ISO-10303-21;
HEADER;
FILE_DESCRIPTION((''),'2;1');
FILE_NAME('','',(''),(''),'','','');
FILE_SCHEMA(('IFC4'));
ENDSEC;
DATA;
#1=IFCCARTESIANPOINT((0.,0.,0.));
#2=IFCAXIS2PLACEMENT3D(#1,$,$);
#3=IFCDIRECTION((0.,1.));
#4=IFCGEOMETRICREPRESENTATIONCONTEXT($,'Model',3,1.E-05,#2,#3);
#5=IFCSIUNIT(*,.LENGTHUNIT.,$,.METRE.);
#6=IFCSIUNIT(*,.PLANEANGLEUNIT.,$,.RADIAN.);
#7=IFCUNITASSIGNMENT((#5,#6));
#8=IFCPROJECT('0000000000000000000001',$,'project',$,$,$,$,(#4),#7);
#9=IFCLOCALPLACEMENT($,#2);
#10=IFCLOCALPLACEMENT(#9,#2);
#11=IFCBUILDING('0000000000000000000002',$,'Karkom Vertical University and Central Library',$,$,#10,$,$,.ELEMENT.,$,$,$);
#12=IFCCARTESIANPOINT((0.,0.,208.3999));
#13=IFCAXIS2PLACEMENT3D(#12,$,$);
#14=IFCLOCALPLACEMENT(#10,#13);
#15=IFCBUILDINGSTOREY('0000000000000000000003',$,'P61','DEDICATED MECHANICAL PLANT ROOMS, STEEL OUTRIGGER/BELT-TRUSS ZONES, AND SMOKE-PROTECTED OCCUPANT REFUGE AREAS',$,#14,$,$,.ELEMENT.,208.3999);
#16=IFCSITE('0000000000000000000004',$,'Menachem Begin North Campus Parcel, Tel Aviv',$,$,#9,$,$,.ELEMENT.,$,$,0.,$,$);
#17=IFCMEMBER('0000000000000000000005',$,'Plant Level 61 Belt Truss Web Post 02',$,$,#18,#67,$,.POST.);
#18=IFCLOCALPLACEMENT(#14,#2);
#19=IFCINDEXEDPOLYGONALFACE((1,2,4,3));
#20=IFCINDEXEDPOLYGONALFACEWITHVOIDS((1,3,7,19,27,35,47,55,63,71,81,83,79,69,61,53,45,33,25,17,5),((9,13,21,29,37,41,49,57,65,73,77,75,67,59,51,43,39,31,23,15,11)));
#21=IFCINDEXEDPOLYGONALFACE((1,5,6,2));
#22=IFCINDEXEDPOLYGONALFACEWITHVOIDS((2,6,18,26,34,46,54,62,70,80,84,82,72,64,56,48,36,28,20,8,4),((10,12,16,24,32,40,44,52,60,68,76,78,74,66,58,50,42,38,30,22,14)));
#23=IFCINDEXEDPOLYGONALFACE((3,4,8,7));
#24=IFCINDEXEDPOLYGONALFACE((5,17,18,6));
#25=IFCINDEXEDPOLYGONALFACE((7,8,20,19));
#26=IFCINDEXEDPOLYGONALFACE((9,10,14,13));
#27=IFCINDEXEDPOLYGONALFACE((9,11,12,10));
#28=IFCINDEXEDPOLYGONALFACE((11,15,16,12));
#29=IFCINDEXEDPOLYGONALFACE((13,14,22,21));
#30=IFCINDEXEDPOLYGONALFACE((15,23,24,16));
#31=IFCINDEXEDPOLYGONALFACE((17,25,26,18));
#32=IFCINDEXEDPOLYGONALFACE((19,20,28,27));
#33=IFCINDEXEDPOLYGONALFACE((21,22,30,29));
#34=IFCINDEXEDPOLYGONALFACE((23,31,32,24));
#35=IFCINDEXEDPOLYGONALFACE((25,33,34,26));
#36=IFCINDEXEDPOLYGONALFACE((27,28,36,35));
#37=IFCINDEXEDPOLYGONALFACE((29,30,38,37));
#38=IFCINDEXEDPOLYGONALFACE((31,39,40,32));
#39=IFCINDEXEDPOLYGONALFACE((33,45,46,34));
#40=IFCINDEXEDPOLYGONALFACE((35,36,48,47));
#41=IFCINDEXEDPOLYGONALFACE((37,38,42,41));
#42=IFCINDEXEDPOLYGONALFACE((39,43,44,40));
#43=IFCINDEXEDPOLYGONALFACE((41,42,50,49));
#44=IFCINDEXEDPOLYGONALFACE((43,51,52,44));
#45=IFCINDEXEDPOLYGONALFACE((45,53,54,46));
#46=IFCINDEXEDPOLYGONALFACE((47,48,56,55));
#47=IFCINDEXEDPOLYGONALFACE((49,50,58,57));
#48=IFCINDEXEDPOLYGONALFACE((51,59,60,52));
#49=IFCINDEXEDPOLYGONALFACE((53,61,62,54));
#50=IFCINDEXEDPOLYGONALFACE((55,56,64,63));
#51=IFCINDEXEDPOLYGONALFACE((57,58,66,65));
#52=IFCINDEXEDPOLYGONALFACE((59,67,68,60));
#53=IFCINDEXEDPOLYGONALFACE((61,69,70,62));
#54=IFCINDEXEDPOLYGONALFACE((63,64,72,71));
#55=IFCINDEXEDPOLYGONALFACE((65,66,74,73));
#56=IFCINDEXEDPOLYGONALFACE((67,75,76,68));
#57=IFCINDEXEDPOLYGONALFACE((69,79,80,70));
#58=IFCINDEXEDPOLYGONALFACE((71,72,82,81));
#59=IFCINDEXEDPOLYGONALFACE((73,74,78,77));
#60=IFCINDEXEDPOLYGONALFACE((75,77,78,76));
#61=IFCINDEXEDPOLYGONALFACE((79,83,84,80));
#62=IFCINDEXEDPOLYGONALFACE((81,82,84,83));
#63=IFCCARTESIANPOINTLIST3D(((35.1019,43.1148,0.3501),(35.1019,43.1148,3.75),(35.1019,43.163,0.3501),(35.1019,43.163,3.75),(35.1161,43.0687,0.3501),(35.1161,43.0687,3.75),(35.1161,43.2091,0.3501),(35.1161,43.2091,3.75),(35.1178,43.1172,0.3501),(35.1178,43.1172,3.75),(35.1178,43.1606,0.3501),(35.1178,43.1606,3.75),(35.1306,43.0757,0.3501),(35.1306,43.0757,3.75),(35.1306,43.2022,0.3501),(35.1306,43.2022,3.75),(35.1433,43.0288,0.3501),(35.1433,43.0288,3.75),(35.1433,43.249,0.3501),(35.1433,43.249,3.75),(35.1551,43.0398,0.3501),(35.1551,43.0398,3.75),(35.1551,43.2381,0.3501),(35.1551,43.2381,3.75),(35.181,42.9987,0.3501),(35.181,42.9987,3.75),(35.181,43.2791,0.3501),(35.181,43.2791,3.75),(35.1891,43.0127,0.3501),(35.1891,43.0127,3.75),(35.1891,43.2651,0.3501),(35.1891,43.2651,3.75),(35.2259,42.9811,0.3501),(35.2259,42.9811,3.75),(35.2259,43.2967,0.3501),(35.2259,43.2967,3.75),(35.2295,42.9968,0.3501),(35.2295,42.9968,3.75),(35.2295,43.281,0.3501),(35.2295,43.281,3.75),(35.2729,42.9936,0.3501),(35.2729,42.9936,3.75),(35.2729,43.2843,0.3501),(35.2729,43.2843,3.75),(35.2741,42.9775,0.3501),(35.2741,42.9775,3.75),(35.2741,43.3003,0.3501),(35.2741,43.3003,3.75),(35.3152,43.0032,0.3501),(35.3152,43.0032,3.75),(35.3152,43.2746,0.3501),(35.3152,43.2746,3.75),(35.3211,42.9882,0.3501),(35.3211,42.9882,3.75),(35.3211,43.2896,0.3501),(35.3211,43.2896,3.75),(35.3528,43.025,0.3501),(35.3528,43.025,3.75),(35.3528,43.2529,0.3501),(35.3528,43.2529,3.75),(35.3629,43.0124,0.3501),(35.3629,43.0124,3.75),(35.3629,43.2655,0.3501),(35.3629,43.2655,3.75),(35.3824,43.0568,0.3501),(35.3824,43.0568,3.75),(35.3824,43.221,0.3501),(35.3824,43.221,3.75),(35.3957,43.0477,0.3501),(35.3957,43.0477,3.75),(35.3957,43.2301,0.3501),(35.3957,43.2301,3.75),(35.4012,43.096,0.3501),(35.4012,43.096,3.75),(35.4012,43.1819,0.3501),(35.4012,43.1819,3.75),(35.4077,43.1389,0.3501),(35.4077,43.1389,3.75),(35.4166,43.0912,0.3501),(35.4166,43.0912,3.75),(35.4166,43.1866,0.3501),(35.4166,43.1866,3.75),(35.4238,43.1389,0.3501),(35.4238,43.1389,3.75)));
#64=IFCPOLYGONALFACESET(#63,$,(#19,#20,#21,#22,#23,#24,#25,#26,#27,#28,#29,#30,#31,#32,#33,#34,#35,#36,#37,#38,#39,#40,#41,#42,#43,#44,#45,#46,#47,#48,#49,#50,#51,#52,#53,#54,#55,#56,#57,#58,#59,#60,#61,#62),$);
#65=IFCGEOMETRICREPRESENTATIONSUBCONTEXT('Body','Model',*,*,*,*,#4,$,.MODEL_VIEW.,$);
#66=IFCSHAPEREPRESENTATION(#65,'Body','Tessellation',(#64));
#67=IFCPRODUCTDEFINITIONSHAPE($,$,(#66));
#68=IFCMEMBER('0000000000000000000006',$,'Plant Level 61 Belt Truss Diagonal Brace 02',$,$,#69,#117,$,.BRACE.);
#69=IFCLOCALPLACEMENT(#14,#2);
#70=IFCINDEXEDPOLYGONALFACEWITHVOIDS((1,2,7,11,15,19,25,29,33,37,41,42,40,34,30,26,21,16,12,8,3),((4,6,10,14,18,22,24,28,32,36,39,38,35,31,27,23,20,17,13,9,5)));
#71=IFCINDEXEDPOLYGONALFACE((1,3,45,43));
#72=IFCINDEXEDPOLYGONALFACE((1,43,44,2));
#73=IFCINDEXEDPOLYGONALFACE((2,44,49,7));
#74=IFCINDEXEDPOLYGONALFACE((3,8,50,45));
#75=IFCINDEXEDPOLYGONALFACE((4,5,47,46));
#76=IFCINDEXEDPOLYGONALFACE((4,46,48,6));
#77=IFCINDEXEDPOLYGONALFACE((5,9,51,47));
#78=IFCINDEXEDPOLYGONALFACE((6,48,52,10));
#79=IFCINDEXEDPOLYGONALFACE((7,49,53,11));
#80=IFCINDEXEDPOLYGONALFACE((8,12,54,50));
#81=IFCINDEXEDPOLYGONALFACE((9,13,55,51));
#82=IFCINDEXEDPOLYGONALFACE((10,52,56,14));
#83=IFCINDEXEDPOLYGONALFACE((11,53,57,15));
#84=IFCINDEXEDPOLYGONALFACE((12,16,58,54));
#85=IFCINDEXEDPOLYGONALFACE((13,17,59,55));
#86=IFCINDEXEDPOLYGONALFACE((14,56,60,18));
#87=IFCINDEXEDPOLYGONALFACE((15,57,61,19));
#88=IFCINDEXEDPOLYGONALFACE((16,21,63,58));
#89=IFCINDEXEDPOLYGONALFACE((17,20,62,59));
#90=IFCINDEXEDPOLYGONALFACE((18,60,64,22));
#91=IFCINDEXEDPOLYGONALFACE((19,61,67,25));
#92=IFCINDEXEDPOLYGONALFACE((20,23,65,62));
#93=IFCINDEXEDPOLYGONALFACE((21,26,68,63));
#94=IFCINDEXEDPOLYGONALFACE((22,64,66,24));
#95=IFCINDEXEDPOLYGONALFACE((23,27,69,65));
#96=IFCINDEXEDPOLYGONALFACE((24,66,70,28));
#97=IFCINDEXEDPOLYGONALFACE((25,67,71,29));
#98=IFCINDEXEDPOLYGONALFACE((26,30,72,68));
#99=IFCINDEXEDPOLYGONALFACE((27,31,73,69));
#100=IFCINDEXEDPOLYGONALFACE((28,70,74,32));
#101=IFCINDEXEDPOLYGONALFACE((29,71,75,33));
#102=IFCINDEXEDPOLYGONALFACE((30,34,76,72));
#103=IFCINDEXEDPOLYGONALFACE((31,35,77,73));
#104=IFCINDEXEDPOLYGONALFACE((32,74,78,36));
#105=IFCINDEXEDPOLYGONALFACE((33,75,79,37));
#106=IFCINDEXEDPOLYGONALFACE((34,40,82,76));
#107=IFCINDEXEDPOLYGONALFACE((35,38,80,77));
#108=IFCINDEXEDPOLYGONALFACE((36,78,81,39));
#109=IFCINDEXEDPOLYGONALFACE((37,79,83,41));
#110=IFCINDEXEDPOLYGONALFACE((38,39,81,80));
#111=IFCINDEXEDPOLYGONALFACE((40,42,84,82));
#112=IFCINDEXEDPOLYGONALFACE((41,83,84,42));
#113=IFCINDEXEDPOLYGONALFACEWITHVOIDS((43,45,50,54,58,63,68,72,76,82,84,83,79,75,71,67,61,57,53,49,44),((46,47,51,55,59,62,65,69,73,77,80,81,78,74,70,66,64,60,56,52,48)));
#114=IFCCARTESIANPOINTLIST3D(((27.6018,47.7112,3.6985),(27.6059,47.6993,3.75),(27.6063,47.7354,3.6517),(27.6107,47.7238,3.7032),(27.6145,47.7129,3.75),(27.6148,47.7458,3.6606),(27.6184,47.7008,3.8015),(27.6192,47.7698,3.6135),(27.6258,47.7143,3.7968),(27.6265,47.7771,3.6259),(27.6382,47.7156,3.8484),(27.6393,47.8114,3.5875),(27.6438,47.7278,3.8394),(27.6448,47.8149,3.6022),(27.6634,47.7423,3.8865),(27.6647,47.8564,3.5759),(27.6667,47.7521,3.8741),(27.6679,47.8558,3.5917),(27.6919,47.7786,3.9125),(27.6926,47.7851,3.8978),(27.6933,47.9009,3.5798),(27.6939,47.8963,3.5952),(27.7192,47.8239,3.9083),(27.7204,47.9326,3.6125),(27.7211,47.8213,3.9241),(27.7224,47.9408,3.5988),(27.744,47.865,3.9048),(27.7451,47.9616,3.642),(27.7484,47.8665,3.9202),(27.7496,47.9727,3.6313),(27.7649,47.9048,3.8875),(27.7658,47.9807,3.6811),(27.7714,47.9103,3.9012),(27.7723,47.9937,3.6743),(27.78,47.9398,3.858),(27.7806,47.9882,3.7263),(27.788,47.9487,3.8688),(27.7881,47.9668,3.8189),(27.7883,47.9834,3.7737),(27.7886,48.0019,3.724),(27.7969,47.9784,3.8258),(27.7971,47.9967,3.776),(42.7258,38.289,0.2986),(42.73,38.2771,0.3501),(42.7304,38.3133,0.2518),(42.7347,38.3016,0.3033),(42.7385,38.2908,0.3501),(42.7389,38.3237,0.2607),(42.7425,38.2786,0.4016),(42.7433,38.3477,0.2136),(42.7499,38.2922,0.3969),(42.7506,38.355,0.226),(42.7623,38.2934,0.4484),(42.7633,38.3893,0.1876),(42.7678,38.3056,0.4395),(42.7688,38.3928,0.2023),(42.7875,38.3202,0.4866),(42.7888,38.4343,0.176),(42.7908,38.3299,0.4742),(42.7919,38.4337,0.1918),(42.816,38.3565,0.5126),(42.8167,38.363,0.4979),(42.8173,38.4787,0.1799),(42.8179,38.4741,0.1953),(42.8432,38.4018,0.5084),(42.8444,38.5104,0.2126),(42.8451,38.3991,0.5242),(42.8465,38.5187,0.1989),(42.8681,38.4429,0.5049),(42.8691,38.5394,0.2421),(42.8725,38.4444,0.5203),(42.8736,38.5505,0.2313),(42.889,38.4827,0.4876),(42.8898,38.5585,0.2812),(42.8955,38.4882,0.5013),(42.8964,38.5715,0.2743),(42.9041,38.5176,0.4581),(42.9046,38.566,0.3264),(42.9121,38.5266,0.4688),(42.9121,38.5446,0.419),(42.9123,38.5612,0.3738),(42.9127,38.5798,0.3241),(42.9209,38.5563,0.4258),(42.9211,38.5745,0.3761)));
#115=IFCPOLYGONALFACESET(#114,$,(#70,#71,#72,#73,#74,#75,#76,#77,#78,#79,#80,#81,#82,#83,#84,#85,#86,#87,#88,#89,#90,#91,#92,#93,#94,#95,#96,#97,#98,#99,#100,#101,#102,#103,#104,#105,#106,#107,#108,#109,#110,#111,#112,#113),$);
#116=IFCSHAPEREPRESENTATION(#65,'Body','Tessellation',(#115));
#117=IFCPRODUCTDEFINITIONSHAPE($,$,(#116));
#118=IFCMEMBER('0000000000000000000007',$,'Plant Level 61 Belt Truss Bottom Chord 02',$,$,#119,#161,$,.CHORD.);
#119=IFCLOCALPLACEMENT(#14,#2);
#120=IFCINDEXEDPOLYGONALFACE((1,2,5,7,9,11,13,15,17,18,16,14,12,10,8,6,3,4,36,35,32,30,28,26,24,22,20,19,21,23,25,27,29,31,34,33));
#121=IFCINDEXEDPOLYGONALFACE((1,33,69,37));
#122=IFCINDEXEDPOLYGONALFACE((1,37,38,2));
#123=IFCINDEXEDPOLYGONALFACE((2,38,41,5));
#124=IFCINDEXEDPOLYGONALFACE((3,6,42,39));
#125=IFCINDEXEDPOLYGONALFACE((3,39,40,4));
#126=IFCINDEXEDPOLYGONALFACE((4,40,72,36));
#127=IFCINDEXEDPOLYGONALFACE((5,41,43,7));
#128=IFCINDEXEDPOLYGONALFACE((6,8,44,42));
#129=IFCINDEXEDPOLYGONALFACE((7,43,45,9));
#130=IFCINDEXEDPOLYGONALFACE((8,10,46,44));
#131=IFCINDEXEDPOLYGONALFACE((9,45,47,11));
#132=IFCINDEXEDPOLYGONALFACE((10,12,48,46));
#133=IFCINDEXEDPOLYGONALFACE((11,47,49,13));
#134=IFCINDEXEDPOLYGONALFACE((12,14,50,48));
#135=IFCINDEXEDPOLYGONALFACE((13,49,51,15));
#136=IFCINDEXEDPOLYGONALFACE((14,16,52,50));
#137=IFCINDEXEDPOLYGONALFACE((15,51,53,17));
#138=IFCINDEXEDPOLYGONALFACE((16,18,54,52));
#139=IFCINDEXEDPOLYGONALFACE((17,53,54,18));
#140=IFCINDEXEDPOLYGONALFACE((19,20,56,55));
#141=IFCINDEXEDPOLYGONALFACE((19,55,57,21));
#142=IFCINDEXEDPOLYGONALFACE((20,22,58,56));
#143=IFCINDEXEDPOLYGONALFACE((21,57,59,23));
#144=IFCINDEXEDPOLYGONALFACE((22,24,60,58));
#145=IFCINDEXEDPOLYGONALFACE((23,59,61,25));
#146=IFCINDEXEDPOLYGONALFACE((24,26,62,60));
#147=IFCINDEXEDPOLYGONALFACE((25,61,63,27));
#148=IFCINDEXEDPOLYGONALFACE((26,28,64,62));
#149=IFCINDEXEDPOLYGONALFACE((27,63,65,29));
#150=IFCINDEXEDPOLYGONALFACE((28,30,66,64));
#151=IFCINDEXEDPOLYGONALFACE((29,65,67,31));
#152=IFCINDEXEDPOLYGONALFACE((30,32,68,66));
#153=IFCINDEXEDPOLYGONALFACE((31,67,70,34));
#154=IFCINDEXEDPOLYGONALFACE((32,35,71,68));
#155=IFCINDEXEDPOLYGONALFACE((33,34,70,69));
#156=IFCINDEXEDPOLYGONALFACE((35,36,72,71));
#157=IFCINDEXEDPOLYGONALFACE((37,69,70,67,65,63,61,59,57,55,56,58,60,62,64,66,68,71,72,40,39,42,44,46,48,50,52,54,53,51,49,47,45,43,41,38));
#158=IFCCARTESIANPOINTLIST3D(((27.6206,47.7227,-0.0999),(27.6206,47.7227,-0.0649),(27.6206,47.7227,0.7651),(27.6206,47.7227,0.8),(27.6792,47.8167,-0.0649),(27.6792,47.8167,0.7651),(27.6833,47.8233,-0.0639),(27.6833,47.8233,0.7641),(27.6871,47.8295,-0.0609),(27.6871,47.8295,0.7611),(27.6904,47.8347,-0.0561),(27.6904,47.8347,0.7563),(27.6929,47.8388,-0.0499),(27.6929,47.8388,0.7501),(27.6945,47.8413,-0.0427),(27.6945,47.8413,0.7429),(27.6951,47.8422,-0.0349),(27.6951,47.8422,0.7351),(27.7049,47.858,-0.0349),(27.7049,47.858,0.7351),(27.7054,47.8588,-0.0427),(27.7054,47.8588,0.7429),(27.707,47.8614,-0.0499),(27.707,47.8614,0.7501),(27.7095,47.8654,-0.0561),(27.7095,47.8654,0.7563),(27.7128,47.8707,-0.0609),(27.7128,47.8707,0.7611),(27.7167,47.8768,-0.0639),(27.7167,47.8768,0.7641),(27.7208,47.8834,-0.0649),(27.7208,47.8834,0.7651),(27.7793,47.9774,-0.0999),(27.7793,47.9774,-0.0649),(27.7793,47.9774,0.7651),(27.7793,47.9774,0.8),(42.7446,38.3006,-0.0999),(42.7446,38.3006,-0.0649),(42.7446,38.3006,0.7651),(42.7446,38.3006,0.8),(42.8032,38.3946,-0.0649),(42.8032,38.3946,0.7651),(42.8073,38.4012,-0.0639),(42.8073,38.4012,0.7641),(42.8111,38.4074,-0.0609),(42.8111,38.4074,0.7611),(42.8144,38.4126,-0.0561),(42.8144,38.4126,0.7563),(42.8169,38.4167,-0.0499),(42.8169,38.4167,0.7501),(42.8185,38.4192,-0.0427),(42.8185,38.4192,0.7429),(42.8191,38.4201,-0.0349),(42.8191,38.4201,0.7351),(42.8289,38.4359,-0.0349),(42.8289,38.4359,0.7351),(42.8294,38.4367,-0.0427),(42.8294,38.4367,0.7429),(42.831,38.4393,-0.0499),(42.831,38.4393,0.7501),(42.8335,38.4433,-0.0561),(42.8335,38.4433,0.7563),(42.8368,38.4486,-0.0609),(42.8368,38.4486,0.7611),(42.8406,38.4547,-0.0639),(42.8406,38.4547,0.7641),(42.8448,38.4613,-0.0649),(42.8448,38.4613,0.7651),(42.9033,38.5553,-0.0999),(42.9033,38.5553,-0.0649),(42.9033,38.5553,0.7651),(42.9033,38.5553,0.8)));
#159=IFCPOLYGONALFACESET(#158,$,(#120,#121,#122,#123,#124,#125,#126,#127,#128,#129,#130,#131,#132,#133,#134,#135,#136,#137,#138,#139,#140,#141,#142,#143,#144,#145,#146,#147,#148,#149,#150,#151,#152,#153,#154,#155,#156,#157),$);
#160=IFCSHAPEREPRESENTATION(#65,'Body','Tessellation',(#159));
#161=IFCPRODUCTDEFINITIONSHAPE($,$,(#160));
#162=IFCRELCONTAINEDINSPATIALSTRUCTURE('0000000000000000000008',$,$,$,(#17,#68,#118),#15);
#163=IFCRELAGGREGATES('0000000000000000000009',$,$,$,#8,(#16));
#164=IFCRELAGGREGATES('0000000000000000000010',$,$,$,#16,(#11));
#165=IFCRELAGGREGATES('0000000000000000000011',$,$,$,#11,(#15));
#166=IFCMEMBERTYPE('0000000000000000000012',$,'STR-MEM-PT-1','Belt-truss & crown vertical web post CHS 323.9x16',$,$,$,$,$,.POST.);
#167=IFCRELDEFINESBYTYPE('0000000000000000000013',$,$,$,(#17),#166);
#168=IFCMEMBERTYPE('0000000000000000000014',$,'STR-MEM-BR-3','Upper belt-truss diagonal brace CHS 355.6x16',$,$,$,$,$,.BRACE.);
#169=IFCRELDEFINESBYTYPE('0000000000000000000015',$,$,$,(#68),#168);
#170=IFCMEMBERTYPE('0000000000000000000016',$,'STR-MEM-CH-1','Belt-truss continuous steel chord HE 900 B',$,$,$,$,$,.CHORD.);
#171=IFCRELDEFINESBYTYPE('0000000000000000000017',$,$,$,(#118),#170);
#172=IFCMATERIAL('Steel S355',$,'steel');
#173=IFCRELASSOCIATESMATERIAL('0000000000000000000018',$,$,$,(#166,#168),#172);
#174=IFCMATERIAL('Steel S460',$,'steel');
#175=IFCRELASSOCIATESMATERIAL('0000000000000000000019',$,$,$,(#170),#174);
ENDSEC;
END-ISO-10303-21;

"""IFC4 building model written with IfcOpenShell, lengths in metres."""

from ifc_helpers import new_model, si_unit, direction, frame, origin, origin_with_axes, origin_2d, place, context, subcontext, project, spatial, hollow_circle, i_section, extrude, source, transform, mapped, material, material_profile, profile_set, type_object, element, save


model = new_model("IFC4")

# Units and contexts
model_context = context("Model", 3, precision=1e-05, world=origin(), true_north=direction((0.0, 1.0)))
body_context = subcontext(model_context, "Body", "Model", "MODEL_VIEW")
ifc_project = project(units=[si_unit("LENGTHUNIT", "METRE"), si_unit("PLANEANGLEUNIT", "RADIAN")], contexts=[model_context])

# Site, building, storey
site_placement = place(None, origin())
site = spatial("IfcSite", under=ifc_project, at=site_placement, Name="Menachem Begin North Campus Parcel, Tel Aviv", CompositionType="ELEMENT", RefElevation=0.0)
building_placement = place(site_placement, origin())
building = spatial("IfcBuilding", under=site, at=building_placement, Name="Karkom Vertical University and Central Library", CompositionType="ELEMENT")
storey_placement = place(building_placement, frame((0.0, 0.0, 208.3999)))
storey = spatial("IfcBuildingStorey", under=building, at=storey_placement, Name="P61", Description="DEDICATED MECHANICAL PLANT ROOMS, STEEL OUTRIGGER/BELT-TRUSS ZONES, AND SMOKE-PROTECTED OCCUPANT REFUGE AREAS", CompositionType="ELEMENT", Elevation=208.3999)

# Shared definitions
ifc_material_1 = material(Name="Steel S355", Category="steel")
ifc_material_2 = material(Name="Steel S460", Category="steel")

# Members
ifc_material_profile_1 = material_profile(ifc_material_1, hollow_circle(Radius=0.1619, WallThickness=0.0161, at=origin_2d()), Name="CHS 323.9x16")
ifc_profile_set_1 = profile_set([ifc_material_profile_1], Name="Steel S355")
member_type_1 = type_object("IfcMemberType", Name="STR-MEM-PT-1", Description="Belt-truss & crown vertical web post CHS 323.9x16", PredefinedType="POST", material=ifc_profile_set_1)
shared_shape_1 = source(origin_with_axes(), body_context, "Body", "SweptSolid", [
    extrude(hollow_circle(Radius=0.1619, WallThickness=0.0161, at=origin_2d()), origin(), (0.0, 0.0, 1.0), 3.3999),
])
member_1_placement = place(storey_placement, frame((35.262, 43.1389, 0.3501), z_axis=(0.0, 0.0, 1.0), x_axis=(1.0, 0.0, 0.0)))
element("IfcMember", 1, at=member_1_placement, inside=storey, type_object=member_type_1, Name="Plant Level 61 Belt Truss Web Post 02", PredefinedType="POST", context=body_context, shape_type="MappedRepresentation", body=[
    mapped(shared_shape_1, transform((0.0, 0.0, 0.0), scale=1.0)),
])
ifc_material_profile_2 = material_profile(ifc_material_1, hollow_circle(Radius=0.1777, WallThickness=0.0161, at=origin_2d()), Name="CHS 355.6x16")
ifc_profile_set_2 = profile_set([ifc_material_profile_2], Name="Steel S355")
member_type_2 = type_object("IfcMemberType", Name="STR-MEM-BR-3", Description="Upper belt-truss diagonal brace CHS 355.6x16", PredefinedType="BRACE", material=ifc_profile_set_2)
shared_shape_2 = source(origin_with_axes(), body_context, "Body", "SweptSolid", [
    extrude(hollow_circle(Radius=0.1777, WallThickness=0.0161, at=origin_2d()), origin(), (0.0, 0.0, 1.0), 18.1404),
])
member_2_placement = place(storey_placement, frame((42.824, 38.428, 0.3501), z_axis=(-0.833723, 0.519402, 0.187422), x_axis=(-0.528772, -0.848764, 0.0)))
element("IfcMember", 2, at=member_2_placement, inside=storey, type_object=member_type_2, Name="Plant Level 61 Belt Truss Diagonal Brace 02", PredefinedType="BRACE", context=body_context, shape_type="MappedRepresentation", body=[
    mapped(shared_shape_2, transform((0.0, 0.0, 0.0), scale=1.0)),
])
ifc_material_profile_3 = material_profile(ifc_material_2, i_section(OverallWidth=0.3, OverallDepth=0.8999, WebThickness=0.0186, FlangeThickness=0.0349, FilletRadius=0.03, at=origin_2d()), Name="HE 900 B")
ifc_profile_set_3 = profile_set([ifc_material_profile_3], Name="Steel S460")
member_type_3 = type_object("IfcMemberType", Name="STR-MEM-CH-1", Description="Belt-truss continuous steel chord HE 900 B", PredefinedType="CHORD", material=ifc_profile_set_3)
shared_shape_3 = source(origin_with_axes(), body_context, "Body", "SweptSolid", [
    extrude(i_section(OverallWidth=0.3, OverallDepth=0.8999, WebThickness=0.0186, FlangeThickness=0.0349, FilletRadius=0.03, at=origin_2d()), origin(), (0.0, 0.0, 1.0), 17.8188),
])
member_3_placement = place(storey_placement, frame((42.824, 38.428, 0.3501), z_axis=(-0.848764, 0.528772, 0.0), x_axis=(-0.528772, -0.848764, 0.0)))
element("IfcMember", 3, at=member_3_placement, inside=storey, type_object=member_type_3, Name="Plant Level 61 Belt Truss Bottom Chord 02", PredefinedType="CHORD", context=body_context, shape_type="MappedRepresentation", body=[
    mapped(shared_shape_3, transform((0.0, 0.0, 0.0), scale=1.0)),
])

save(model, "model.ifc")
